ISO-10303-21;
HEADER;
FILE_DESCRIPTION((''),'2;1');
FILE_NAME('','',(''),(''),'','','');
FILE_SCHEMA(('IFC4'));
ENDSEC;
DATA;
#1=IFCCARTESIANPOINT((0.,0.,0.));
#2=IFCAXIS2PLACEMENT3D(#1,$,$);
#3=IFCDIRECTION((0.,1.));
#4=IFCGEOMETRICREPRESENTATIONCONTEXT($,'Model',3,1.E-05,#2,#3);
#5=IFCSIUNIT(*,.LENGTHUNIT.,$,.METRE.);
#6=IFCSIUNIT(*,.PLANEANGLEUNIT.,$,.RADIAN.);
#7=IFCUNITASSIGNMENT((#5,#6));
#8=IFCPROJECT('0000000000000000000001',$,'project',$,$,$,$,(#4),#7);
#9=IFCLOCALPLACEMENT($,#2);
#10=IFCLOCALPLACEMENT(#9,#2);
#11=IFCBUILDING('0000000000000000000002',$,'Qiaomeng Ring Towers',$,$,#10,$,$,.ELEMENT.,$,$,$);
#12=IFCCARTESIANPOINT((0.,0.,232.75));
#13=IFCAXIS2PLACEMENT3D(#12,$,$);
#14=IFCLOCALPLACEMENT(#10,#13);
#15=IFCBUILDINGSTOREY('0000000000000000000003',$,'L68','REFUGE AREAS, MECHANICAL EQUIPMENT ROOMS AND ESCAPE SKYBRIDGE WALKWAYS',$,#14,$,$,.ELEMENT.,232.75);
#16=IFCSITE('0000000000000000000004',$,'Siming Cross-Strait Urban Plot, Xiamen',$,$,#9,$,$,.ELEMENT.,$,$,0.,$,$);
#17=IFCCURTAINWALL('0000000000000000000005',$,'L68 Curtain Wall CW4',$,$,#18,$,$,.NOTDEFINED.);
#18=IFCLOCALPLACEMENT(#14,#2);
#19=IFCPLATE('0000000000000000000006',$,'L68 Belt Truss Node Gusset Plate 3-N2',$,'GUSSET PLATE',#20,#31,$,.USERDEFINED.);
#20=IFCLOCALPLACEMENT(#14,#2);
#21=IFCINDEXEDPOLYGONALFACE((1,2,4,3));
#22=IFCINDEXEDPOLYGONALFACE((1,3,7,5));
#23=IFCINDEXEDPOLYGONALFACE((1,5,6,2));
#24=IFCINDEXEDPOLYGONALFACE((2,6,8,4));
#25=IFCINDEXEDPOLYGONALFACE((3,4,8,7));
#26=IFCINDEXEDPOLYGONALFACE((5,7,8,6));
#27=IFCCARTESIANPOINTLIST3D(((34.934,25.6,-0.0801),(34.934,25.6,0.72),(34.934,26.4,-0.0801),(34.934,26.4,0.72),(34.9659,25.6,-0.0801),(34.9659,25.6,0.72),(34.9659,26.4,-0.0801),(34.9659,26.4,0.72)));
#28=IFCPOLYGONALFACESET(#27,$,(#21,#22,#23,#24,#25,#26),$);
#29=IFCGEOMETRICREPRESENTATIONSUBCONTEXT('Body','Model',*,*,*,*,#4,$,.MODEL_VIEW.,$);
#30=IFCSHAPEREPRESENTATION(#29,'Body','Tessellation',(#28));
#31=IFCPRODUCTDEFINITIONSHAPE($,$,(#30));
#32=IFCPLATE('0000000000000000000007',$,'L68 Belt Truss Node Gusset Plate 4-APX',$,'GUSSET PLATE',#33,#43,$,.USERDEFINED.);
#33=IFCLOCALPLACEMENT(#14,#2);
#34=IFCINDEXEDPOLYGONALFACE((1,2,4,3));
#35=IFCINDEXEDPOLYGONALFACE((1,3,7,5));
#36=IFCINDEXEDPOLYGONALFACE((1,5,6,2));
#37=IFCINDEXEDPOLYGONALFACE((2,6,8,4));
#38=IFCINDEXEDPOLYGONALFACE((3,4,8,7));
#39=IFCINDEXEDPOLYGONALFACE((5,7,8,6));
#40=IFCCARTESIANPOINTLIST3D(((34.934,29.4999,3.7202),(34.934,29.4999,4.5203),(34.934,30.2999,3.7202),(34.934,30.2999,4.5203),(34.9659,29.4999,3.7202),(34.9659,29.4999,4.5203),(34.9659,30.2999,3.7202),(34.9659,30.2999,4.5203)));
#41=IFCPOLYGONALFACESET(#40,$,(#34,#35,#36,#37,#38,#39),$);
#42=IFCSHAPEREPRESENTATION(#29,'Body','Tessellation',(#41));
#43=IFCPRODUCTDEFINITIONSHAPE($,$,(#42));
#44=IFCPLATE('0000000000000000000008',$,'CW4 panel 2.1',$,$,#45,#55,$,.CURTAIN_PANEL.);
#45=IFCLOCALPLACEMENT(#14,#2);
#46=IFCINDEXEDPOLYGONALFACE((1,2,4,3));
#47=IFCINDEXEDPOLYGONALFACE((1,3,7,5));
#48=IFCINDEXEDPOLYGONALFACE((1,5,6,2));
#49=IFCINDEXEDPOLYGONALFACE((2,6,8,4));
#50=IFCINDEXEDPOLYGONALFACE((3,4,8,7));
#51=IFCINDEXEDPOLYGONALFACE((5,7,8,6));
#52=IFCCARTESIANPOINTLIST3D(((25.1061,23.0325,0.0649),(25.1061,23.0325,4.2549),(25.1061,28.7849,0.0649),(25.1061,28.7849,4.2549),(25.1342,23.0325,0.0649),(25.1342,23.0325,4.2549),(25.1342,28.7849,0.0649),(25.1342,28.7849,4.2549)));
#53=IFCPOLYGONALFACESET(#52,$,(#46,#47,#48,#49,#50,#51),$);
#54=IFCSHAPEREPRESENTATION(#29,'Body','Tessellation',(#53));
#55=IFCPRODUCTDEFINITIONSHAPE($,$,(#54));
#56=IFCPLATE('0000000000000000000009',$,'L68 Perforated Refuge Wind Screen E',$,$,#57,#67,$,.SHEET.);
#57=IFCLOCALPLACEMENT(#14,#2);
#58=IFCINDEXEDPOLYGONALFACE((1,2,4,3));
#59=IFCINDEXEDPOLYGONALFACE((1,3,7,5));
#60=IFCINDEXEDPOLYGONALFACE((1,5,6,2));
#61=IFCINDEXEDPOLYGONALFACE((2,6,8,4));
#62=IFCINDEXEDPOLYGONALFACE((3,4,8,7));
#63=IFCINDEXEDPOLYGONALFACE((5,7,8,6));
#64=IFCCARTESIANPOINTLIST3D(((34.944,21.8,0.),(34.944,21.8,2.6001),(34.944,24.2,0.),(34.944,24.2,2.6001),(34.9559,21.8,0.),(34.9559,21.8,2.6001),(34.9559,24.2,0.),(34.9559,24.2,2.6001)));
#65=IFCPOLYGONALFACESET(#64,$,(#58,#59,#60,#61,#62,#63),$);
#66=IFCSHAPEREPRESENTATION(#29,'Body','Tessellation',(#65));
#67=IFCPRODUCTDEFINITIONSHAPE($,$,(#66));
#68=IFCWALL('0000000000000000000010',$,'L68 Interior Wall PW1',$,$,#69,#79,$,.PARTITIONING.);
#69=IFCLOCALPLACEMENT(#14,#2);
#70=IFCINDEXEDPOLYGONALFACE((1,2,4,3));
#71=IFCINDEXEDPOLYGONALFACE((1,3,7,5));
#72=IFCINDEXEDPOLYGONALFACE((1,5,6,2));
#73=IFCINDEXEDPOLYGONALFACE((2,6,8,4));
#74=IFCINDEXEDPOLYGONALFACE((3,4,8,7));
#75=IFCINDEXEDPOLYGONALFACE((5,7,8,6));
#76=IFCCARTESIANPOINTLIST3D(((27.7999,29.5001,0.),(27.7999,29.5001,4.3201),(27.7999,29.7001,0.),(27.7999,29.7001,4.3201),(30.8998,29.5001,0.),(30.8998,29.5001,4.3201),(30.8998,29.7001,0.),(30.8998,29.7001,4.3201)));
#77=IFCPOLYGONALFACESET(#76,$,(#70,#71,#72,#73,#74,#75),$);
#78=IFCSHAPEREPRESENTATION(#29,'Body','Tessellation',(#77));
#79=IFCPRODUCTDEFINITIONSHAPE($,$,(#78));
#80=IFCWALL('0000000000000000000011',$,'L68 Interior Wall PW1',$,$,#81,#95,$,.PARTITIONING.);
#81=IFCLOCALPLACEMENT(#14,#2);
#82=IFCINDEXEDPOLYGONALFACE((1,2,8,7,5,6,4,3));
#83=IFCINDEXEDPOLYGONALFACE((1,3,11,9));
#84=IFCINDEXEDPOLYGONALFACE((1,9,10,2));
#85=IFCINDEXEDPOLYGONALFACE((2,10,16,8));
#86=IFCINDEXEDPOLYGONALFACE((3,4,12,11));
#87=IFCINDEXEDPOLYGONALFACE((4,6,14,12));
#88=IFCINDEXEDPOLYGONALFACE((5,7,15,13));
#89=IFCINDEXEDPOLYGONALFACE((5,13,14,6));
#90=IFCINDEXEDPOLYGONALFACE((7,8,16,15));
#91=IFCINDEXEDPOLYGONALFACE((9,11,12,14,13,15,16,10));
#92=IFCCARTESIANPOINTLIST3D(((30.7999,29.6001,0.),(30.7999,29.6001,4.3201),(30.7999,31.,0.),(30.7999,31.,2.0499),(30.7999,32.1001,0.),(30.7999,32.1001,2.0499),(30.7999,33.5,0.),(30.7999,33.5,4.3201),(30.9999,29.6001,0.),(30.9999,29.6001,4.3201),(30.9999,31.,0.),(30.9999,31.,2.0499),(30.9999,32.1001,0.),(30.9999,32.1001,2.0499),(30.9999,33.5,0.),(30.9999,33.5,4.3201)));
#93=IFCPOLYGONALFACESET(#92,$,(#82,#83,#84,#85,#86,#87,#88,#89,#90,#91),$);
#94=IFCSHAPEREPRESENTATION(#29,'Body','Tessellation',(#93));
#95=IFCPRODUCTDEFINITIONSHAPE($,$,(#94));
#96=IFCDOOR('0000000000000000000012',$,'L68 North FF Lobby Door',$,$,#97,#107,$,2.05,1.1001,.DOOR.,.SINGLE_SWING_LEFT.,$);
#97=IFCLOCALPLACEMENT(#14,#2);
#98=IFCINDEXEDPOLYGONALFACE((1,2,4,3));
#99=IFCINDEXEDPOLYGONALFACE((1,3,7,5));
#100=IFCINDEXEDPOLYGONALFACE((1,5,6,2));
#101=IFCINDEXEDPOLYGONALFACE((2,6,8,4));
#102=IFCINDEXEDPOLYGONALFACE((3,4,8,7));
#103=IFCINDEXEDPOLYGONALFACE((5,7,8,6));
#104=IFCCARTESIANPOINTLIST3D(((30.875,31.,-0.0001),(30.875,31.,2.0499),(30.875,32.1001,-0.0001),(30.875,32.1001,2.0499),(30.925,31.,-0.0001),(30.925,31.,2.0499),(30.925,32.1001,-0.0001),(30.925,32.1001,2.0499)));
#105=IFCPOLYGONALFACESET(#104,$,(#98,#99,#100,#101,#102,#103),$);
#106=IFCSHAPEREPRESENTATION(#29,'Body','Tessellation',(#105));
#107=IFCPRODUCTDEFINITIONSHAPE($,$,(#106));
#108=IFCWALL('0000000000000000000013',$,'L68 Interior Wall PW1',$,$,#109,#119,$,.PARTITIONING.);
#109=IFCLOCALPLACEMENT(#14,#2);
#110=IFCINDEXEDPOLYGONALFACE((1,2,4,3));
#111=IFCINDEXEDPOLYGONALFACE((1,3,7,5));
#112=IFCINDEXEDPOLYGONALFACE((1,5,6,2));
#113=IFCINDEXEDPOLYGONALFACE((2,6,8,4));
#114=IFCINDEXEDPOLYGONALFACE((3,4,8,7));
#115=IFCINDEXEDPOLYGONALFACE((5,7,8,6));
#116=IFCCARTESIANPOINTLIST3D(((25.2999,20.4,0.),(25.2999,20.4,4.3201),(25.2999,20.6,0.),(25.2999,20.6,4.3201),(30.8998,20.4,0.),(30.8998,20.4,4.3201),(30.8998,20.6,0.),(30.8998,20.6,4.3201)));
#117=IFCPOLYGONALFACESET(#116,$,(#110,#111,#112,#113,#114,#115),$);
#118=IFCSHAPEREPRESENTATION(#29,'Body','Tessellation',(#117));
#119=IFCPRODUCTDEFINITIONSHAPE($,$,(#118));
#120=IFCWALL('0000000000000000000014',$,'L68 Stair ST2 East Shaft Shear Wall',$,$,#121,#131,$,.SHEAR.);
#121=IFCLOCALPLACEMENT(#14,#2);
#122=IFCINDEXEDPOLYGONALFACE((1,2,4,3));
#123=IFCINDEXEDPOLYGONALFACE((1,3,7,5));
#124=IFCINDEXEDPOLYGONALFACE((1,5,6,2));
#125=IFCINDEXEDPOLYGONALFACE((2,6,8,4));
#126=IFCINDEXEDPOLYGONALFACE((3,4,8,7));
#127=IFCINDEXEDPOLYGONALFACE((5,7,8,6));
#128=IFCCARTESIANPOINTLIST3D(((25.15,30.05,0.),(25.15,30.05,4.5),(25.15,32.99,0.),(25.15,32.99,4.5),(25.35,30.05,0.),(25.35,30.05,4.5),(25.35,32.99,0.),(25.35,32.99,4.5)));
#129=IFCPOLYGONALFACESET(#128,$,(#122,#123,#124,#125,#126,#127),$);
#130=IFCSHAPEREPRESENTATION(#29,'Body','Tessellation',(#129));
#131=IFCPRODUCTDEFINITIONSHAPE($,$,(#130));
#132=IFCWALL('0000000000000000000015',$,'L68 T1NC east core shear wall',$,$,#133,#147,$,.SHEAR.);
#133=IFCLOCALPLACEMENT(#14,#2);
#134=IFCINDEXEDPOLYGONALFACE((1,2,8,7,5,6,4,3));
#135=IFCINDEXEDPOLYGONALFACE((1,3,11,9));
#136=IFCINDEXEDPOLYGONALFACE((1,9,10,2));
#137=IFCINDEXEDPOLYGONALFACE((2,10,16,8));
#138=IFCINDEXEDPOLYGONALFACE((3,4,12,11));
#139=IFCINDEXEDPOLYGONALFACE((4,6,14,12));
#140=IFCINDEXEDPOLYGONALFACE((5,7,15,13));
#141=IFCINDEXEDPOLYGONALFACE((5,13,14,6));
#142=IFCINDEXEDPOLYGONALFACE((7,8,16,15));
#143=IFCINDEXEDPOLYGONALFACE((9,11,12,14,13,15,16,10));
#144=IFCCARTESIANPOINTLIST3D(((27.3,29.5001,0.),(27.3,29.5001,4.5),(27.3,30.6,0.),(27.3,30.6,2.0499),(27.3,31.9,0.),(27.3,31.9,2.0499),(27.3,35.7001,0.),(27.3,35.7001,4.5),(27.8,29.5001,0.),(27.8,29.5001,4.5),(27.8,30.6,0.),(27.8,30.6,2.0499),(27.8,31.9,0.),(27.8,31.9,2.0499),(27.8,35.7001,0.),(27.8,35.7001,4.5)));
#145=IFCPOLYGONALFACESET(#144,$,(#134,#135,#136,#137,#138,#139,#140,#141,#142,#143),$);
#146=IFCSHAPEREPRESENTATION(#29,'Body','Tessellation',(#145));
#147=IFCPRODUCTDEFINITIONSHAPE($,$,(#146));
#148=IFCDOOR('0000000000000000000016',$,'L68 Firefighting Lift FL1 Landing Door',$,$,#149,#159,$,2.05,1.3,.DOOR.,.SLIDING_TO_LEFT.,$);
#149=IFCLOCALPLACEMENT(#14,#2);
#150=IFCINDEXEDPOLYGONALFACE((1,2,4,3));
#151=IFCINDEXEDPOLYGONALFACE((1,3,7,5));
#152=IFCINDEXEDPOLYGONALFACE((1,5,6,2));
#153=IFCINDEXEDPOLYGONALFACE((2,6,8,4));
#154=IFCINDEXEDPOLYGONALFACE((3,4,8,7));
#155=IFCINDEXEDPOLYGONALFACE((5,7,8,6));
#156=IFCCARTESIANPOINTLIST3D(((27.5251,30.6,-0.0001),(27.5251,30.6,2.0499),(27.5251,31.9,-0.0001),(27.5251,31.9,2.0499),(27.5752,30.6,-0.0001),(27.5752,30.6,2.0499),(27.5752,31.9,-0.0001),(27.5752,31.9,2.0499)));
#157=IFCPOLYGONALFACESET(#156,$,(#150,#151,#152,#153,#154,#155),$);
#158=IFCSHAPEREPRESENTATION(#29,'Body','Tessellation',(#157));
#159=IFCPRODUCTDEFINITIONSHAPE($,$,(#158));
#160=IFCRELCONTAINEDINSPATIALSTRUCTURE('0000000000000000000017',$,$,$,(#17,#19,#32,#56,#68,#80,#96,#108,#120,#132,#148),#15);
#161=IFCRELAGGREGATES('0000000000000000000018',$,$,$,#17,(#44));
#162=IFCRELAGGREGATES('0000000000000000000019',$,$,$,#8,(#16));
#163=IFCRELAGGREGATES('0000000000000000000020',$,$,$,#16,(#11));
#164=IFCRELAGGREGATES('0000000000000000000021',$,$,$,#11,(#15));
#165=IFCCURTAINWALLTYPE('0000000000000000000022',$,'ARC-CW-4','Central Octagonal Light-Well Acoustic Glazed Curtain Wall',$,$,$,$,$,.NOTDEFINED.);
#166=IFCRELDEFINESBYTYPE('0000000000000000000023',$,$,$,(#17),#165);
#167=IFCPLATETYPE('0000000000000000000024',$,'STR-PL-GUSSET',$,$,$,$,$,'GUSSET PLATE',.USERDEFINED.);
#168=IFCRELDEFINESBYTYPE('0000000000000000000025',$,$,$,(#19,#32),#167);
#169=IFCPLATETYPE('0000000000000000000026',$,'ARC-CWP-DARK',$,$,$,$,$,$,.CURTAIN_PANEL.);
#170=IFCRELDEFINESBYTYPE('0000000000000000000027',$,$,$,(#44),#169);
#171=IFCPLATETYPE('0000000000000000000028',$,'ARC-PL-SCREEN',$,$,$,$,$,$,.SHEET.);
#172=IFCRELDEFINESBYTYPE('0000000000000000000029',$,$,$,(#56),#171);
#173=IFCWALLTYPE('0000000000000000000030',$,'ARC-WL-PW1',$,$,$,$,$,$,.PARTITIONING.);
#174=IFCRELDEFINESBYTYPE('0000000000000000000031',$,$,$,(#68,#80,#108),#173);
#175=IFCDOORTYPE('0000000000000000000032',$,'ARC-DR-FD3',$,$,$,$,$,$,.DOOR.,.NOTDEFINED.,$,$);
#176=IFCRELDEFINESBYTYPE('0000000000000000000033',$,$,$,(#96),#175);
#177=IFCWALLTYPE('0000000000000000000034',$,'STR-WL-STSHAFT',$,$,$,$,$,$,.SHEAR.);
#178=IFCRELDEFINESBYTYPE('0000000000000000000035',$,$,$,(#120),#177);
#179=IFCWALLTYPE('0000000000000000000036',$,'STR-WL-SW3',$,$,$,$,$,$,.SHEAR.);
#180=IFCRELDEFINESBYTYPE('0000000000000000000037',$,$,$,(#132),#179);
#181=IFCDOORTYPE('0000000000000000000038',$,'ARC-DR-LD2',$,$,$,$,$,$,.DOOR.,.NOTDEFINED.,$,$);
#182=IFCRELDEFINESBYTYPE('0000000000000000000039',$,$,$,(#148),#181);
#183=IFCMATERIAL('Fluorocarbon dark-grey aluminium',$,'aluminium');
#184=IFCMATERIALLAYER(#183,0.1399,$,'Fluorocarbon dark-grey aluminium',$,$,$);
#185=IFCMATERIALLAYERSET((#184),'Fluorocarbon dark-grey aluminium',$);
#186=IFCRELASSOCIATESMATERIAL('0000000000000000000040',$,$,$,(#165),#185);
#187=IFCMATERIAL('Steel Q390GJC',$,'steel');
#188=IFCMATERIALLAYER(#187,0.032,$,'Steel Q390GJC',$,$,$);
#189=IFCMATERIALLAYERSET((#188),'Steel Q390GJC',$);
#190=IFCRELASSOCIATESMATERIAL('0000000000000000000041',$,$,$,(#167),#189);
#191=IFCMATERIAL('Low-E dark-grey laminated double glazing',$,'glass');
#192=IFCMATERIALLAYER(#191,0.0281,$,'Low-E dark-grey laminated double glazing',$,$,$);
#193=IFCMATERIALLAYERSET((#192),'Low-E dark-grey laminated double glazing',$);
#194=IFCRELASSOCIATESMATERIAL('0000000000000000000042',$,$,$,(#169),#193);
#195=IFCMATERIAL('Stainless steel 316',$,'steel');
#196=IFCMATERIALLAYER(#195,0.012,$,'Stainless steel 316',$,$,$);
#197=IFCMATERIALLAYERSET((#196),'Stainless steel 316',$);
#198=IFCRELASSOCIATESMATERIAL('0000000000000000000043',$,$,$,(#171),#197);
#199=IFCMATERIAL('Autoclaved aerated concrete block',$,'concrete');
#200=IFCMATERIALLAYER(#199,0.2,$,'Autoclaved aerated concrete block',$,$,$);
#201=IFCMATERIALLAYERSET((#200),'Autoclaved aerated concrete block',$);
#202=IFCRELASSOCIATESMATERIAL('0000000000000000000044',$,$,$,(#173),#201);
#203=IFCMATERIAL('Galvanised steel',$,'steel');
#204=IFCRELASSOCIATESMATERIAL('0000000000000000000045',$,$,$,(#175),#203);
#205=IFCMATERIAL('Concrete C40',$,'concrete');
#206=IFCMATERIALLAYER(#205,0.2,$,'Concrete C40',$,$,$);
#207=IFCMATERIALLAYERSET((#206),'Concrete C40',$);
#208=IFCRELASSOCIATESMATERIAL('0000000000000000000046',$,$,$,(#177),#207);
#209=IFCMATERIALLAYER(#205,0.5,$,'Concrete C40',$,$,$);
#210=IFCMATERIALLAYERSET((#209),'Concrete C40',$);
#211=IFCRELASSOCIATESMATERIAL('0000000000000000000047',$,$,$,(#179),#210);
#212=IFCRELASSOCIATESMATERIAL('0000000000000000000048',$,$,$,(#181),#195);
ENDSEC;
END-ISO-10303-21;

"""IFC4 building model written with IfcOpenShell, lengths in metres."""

from ifc_helpers import new_model, si_unit, direction, frame, frame_2d, origin, origin_2d, place, context, subcontext, project, spatial, rectangle, extrude, source, transform, mapped, material, layer, layer_set, type_object, element, fill, aggregate, save


model = new_model("IFC4")

# Units and contexts
model_context = context("Model", 3, precision=1e-05, world=origin(), true_north=direction((0.0, 1.0)))
body_context = subcontext(model_context, "Body", "Model", "MODEL_VIEW")
ifc_project = project(units=[si_unit("LENGTHUNIT", "METRE"), si_unit("PLANEANGLEUNIT", "RADIAN")], contexts=[model_context])

# Site, building, storey
site_placement = place(None, origin())
site = spatial("IfcSite", under=ifc_project, at=site_placement, Name="Siming Cross-Strait Urban Plot, Xiamen", CompositionType="ELEMENT", RefElevation=0.0)
building_placement = place(site_placement, origin())
building = spatial("IfcBuilding", under=site, at=building_placement, Name="Qiaomeng Ring Towers", CompositionType="ELEMENT")
storey_placement = place(building_placement, frame((0.0, 0.0, 232.75)))
storey = spatial("IfcBuildingStorey", under=building, at=storey_placement, Name="L68", Description="REFUGE AREAS, MECHANICAL EQUIPMENT ROOMS AND ESCAPE SKYBRIDGE WALKWAYS", CompositionType="ELEMENT", Elevation=232.75)

# Shared definitions
ifc_material_1 = material(Name="Concrete C40", Category="concrete")

# Shared definitions
ifc_material_2 = material(Name="Steel Q390GJC", Category="steel")

# Curtain wall
ifc_material_3 = material(Name="Fluorocarbon dark-grey aluminium", Category="aluminium")
ifc_layer_1 = layer(ifc_material_3, 0.1399, Name="Fluorocarbon dark-grey aluminium")
ifc_layer_set_1 = layer_set([ifc_layer_1], Name="Fluorocarbon dark-grey aluminium")
curtain_wall_type = type_object("IfcCurtainWallType", Name="ARC-CW-4", Description="Central Octagonal Light-Well Acoustic Glazed Curtain Wall", PredefinedType="NOTDEFINED", material=ifc_layer_set_1)
curtain_wall_placement = place(storey_placement, origin())
curtain_wall = element("IfcCurtainWall", 1, at=curtain_wall_placement, inside=storey, type_object=curtain_wall_type, Name="L68 Curtain Wall CW4", PredefinedType="NOTDEFINED")

# Plates
ifc_layer_2 = layer(ifc_material_2, 0.032, Name="Steel Q390GJC")
ifc_layer_set_2 = layer_set([ifc_layer_2], Name="Steel Q390GJC")
plate_type_1 = type_object("IfcPlateType", Name="STR-PL-GUSSET", ElementType="GUSSET PLATE", PredefinedType="USERDEFINED", material=ifc_layer_set_2)
shared_shape_1 = source(origin(), body_context, "Body", "SweptSolid", [
    extrude(rectangle(XDim=0.8, YDim=0.032, at=origin_2d()), origin(), (0.0, 0.0, 1.0), 0.8),
])
for number, where, z_axis, x_axis, name in (
    (2, (34.95, 26.0, -0.0801), (0.0, 0.0, 1.0), (0.0, 1.0, 0.0), "L68 Belt Truss Node Gusset Plate 3-N2"),
    (3, (34.95, 29.8999, 3.7202), (0.0, 0.0, 1.0), (0.0, 1.0, 0.0), "L68 Belt Truss Node Gusset Plate 4-APX"),
):
    element("IfcPlate", number, at=place(storey_placement, frame(where, z_axis=z_axis, x_axis=x_axis)), inside=storey, type_object=plate_type_1, Name=name, ObjectType="GUSSET PLATE", PredefinedType="USERDEFINED", context=body_context, shape_type="MappedRepresentation", body=[
        mapped(shared_shape_1, transform((0.0, 0.0, 0.0), x_axis=(1.0, 0.0, 0.0), y_axis=(0.0, 1.0, 0.0), z_axis=(0.0, 0.0, 1.0), scale=1.0)),
    ])

# Plates
ifc_material_4 = material(Name="Low-E dark-grey laminated double glazing", Category="glass")
ifc_layer_3 = layer(ifc_material_4, 0.0281, Name="Low-E dark-grey laminated double glazing")
ifc_layer_set_3 = layer_set([ifc_layer_3], Name="Low-E dark-grey laminated double glazing")
plate_type_2 = type_object("IfcPlateType", Name="ARC-CWP-DARK", PredefinedType="CURTAIN_PANEL", material=ifc_layer_set_3)
shared_shape_2 = source(origin(), body_context, "Body", "SweptSolid", [
    extrude(rectangle(XDim=5.7524, YDim=0.0281, at=origin_2d()), origin(), (0.0, 0.0, 1.0), 4.1899),
])
plate_1_placement = place(storey_placement, frame((25.1201, 25.9087, 0.0649), z_axis=(0.0, 0.0, 1.0), x_axis=(0.0, 1.0, 0.0)))
plate_1 = element("IfcPlate", 4, at=plate_1_placement, type_object=plate_type_2, Name="CW4 panel 2.1", PredefinedType="CURTAIN_PANEL", context=body_context, shape_type="MappedRepresentation", body=[
    mapped(shared_shape_2, transform((0.0, 0.0, 0.0), x_axis=(1.0, 0.0, 0.0), y_axis=(0.0, 1.0, 0.0), z_axis=(0.0, 0.0, 1.0), scale=1.0)),
])
aggregate(curtain_wall, [plate_1])
ifc_material_5 = material(Name="Stainless steel 316", Category="steel")
ifc_layer_4 = layer(ifc_material_5, 0.012, Name="Stainless steel 316")
ifc_layer_set_4 = layer_set([ifc_layer_4], Name="Stainless steel 316")
plate_type_3 = type_object("IfcPlateType", Name="ARC-PL-SCREEN", PredefinedType="SHEET", material=ifc_layer_set_4)
shared_shape_3 = source(origin(), body_context, "Body", "SweptSolid", [
    extrude(rectangle(XDim=2.3999, YDim=0.012, at=origin_2d()), origin(), (0.0, 0.0, 1.0), 2.6001),
])
plate_2_placement = place(storey_placement, frame((34.95, 23.0, 0.0), z_axis=(0.0, 0.0, 1.0), x_axis=(0.0, 1.0, 0.0)))
element("IfcPlate", 5, at=plate_2_placement, inside=storey, type_object=plate_type_3, Name="L68 Perforated Refuge Wind Screen E", PredefinedType="SHEET", context=body_context, shape_type="MappedRepresentation", body=[
    mapped(shared_shape_3, transform((0.0, 0.0, 0.0), x_axis=(1.0, 0.0, 0.0), y_axis=(0.0, 1.0, 0.0), z_axis=(0.0, 0.0, 1.0), scale=1.0)),
])

# Wall
ifc_material_6 = material(Name="Autoclaved aerated concrete block", Category="concrete")
ifc_layer_5 = layer(ifc_material_6, 0.2, Name="Autoclaved aerated concrete block")
ifc_layer_set_5 = layer_set([ifc_layer_5], Name="Autoclaved aerated concrete block")
wall_type_1 = type_object("IfcWallType", Name="ARC-WL-PW1", PredefinedType="PARTITIONING", material=ifc_layer_set_5)
wall_1_placement = place(storey_placement, frame((27.8, 29.6001, 0.0), z_axis=(0.0, 0.0, 1.0), x_axis=(1.0, 0.0, 0.0)))
element("IfcWall", 6, at=wall_1_placement, inside=storey, type_object=wall_type_1, Name="L68 Interior Wall PW1", PredefinedType="PARTITIONING", context=body_context, shape_type="SweptSolid", body=[
    extrude(rectangle(XDim=3.0999, YDim=0.2, at=frame_2d((1.5498, 0.0))), origin(), (0.0, 0.0, 1.0), 4.3201),
])

# Wall, opening, door
wall_2_placement = place(storey_placement, frame((30.8999, 29.6001, 0.0), z_axis=(0.0, 0.0, 1.0), x_axis=(0.0, 1.0, 0.0)))
wall_2 = element("IfcWall", 7, at=wall_2_placement, inside=storey, type_object=wall_type_1, Name="L68 Interior Wall PW1", PredefinedType="PARTITIONING", context=body_context, shape_type="SweptSolid", body=[
    extrude(rectangle(XDim=3.8999, YDim=0.2, at=frame_2d((1.95, 0.0))), origin(), (0.0, 0.0, 1.0), 4.3201),
])
opening_1_placement = place(wall_2_placement, frame((1.3999, 0.0, 0.0)))
opening_1 = element("IfcOpeningElement", 8, at=opening_1_placement, cuts=wall_2, PredefinedType="OPENING", context=body_context, shape_type="SweptSolid", body=[
    extrude(rectangle(XDim=1.1001, YDim=2.05, at=frame_2d((0.55, 1.0249))), frame((0.0, 0.1099, 0.0), z_axis=(0.0, -1.0, 0.0), x_axis=(1.0, 0.0, 0.0)), (0.0, 0.0, 1.0), 0.22),
])
ifc_material_7 = material(Name="Galvanised steel", Category="steel")
door_type_1 = type_object("IfcDoorType", Name="ARC-DR-FD3", OperationType="NOTDEFINED", PredefinedType="DOOR", material=ifc_material_7)
shared_shape_4 = source(origin(), body_context, "Body", "SweptSolid", [
    extrude(rectangle(XDim=1.1001, YDim=2.05, at=frame_2d((0.55, 1.0249))), frame((0.0, 0.0249, 0.0), z_axis=(0.0, -1.0, 0.0), x_axis=(1.0, 0.0, 0.0)), (0.0, 0.0, 1.0), 0.05),
])
door_1_placement = place(opening_1_placement, origin())
door_1 = element("IfcDoor", 9, at=door_1_placement, inside=storey, type_object=door_type_1, Name="L68 North FF Lobby Door", OperationType="SINGLE_SWING_LEFT", OverallHeight=2.05, OverallWidth=1.1001, PredefinedType="DOOR", context=body_context, shape_type="MappedRepresentation", body=[
    mapped(shared_shape_4, transform((0.0, 0.0, 0.0), x_axis=(1.0, 0.0, 0.0), y_axis=(0.0, 1.0, 0.0), z_axis=(0.0, 0.0, 1.0), scale=1.0)),
])
fill(opening_1, door_1)

# Walls
wall_3_placement = place(storey_placement, frame((25.3, 20.5, 0.0), z_axis=(0.0, 0.0, 1.0), x_axis=(1.0, 0.0, 0.0)))
element("IfcWall", 10, at=wall_3_placement, inside=storey, type_object=wall_type_1, Name="L68 Interior Wall PW1", PredefinedType="PARTITIONING", context=body_context, shape_type="SweptSolid", body=[
    extrude(rectangle(XDim=5.5999, YDim=0.2, at=frame_2d((2.7998, 0.0))), origin(), (0.0, 0.0, 1.0), 4.3201),
])
ifc_layer_6 = layer(ifc_material_1, 0.2, Name="Concrete C40")
ifc_layer_set_6 = layer_set([ifc_layer_6], Name="Concrete C40")
wall_type_2 = type_object("IfcWallType", Name="STR-WL-STSHAFT", PredefinedType="SHEAR", material=ifc_layer_set_6)
wall_4_placement = place(storey_placement, frame((25.25, 30.05, 0.0), z_axis=(0.0, 0.0, 1.0), x_axis=(0.0, 1.0, 0.0)))
element("IfcWall", 11, at=wall_4_placement, inside=storey, type_object=wall_type_2, Name="L68 Stair ST2 East Shaft Shear Wall", PredefinedType="SHEAR", context=body_context, shape_type="SweptSolid", body=[
    extrude(rectangle(XDim=2.9399, YDim=0.2, at=frame_2d((1.47, 0.0))), origin(), (0.0, 0.0, 1.0), 4.5),
])

# Wall, opening, door
ifc_layer_7 = layer(ifc_material_1, 0.5, Name="Concrete C40")
ifc_layer_set_7 = layer_set([ifc_layer_7], Name="Concrete C40")
wall_type_3 = type_object("IfcWallType", Name="STR-WL-SW3", PredefinedType="SHEAR", material=ifc_layer_set_7)
wall_5_placement = place(storey_placement, frame((27.55, 29.5, 0.0), z_axis=(0.0, 0.0, 1.0), x_axis=(0.0, 1.0, 0.0)))
wall_5 = element("IfcWall", 12, at=wall_5_placement, inside=storey, type_object=wall_type_3, Name="L68 T1NC east core shear wall", PredefinedType="SHEAR", context=body_context, shape_type="SweptSolid", body=[
    extrude(rectangle(XDim=6.2, YDim=0.5, at=frame_2d((3.1001, 0.0))), origin(), (0.0, 0.0, 1.0), 4.5),
])
opening_2_placement = place(wall_5_placement, frame((1.1001, 0.0, 0.0)))
opening_2 = element("IfcOpeningElement", 13, at=opening_2_placement, cuts=wall_5, PredefinedType="OPENING", context=body_context, shape_type="SweptSolid", body=[
    extrude(rectangle(XDim=1.3, YDim=2.05, at=frame_2d((0.6499, 1.0249))), frame((0.0, 0.26, 0.0), z_axis=(0.0, -1.0, 0.0), x_axis=(1.0, 0.0, 0.0)), (0.0, 0.0, 1.0), 0.52),
])
door_type_2 = type_object("IfcDoorType", Name="ARC-DR-LD2", OperationType="NOTDEFINED", PredefinedType="DOOR", material=ifc_material_5)
shared_shape_5 = source(origin(), body_context, "Body", "SweptSolid", [
    extrude(rectangle(XDim=1.3, YDim=2.05, at=frame_2d((0.6499, 1.0249))), frame((0.0, 0.0249, 0.0), z_axis=(0.0, -1.0, 0.0), x_axis=(1.0, 0.0, 0.0)), (0.0, 0.0, 1.0), 0.05),
])
door_2_placement = place(opening_2_placement, origin())
door_2 = element("IfcDoor", 14, at=door_2_placement, inside=storey, type_object=door_type_2, Name="L68 Firefighting Lift FL1 Landing Door", OperationType="SLIDING_TO_LEFT", OverallHeight=2.05, OverallWidth=1.3, PredefinedType="DOOR", context=body_context, shape_type="MappedRepresentation", body=[
    mapped(shared_shape_5, transform((0.0, 0.0, 0.0), x_axis=(1.0, 0.0, 0.0), y_axis=(0.0, 1.0, 0.0), z_axis=(0.0, 0.0, 1.0), scale=1.0)),
])
fill(opening_2, door_2)

save(model, "model.ifc")
